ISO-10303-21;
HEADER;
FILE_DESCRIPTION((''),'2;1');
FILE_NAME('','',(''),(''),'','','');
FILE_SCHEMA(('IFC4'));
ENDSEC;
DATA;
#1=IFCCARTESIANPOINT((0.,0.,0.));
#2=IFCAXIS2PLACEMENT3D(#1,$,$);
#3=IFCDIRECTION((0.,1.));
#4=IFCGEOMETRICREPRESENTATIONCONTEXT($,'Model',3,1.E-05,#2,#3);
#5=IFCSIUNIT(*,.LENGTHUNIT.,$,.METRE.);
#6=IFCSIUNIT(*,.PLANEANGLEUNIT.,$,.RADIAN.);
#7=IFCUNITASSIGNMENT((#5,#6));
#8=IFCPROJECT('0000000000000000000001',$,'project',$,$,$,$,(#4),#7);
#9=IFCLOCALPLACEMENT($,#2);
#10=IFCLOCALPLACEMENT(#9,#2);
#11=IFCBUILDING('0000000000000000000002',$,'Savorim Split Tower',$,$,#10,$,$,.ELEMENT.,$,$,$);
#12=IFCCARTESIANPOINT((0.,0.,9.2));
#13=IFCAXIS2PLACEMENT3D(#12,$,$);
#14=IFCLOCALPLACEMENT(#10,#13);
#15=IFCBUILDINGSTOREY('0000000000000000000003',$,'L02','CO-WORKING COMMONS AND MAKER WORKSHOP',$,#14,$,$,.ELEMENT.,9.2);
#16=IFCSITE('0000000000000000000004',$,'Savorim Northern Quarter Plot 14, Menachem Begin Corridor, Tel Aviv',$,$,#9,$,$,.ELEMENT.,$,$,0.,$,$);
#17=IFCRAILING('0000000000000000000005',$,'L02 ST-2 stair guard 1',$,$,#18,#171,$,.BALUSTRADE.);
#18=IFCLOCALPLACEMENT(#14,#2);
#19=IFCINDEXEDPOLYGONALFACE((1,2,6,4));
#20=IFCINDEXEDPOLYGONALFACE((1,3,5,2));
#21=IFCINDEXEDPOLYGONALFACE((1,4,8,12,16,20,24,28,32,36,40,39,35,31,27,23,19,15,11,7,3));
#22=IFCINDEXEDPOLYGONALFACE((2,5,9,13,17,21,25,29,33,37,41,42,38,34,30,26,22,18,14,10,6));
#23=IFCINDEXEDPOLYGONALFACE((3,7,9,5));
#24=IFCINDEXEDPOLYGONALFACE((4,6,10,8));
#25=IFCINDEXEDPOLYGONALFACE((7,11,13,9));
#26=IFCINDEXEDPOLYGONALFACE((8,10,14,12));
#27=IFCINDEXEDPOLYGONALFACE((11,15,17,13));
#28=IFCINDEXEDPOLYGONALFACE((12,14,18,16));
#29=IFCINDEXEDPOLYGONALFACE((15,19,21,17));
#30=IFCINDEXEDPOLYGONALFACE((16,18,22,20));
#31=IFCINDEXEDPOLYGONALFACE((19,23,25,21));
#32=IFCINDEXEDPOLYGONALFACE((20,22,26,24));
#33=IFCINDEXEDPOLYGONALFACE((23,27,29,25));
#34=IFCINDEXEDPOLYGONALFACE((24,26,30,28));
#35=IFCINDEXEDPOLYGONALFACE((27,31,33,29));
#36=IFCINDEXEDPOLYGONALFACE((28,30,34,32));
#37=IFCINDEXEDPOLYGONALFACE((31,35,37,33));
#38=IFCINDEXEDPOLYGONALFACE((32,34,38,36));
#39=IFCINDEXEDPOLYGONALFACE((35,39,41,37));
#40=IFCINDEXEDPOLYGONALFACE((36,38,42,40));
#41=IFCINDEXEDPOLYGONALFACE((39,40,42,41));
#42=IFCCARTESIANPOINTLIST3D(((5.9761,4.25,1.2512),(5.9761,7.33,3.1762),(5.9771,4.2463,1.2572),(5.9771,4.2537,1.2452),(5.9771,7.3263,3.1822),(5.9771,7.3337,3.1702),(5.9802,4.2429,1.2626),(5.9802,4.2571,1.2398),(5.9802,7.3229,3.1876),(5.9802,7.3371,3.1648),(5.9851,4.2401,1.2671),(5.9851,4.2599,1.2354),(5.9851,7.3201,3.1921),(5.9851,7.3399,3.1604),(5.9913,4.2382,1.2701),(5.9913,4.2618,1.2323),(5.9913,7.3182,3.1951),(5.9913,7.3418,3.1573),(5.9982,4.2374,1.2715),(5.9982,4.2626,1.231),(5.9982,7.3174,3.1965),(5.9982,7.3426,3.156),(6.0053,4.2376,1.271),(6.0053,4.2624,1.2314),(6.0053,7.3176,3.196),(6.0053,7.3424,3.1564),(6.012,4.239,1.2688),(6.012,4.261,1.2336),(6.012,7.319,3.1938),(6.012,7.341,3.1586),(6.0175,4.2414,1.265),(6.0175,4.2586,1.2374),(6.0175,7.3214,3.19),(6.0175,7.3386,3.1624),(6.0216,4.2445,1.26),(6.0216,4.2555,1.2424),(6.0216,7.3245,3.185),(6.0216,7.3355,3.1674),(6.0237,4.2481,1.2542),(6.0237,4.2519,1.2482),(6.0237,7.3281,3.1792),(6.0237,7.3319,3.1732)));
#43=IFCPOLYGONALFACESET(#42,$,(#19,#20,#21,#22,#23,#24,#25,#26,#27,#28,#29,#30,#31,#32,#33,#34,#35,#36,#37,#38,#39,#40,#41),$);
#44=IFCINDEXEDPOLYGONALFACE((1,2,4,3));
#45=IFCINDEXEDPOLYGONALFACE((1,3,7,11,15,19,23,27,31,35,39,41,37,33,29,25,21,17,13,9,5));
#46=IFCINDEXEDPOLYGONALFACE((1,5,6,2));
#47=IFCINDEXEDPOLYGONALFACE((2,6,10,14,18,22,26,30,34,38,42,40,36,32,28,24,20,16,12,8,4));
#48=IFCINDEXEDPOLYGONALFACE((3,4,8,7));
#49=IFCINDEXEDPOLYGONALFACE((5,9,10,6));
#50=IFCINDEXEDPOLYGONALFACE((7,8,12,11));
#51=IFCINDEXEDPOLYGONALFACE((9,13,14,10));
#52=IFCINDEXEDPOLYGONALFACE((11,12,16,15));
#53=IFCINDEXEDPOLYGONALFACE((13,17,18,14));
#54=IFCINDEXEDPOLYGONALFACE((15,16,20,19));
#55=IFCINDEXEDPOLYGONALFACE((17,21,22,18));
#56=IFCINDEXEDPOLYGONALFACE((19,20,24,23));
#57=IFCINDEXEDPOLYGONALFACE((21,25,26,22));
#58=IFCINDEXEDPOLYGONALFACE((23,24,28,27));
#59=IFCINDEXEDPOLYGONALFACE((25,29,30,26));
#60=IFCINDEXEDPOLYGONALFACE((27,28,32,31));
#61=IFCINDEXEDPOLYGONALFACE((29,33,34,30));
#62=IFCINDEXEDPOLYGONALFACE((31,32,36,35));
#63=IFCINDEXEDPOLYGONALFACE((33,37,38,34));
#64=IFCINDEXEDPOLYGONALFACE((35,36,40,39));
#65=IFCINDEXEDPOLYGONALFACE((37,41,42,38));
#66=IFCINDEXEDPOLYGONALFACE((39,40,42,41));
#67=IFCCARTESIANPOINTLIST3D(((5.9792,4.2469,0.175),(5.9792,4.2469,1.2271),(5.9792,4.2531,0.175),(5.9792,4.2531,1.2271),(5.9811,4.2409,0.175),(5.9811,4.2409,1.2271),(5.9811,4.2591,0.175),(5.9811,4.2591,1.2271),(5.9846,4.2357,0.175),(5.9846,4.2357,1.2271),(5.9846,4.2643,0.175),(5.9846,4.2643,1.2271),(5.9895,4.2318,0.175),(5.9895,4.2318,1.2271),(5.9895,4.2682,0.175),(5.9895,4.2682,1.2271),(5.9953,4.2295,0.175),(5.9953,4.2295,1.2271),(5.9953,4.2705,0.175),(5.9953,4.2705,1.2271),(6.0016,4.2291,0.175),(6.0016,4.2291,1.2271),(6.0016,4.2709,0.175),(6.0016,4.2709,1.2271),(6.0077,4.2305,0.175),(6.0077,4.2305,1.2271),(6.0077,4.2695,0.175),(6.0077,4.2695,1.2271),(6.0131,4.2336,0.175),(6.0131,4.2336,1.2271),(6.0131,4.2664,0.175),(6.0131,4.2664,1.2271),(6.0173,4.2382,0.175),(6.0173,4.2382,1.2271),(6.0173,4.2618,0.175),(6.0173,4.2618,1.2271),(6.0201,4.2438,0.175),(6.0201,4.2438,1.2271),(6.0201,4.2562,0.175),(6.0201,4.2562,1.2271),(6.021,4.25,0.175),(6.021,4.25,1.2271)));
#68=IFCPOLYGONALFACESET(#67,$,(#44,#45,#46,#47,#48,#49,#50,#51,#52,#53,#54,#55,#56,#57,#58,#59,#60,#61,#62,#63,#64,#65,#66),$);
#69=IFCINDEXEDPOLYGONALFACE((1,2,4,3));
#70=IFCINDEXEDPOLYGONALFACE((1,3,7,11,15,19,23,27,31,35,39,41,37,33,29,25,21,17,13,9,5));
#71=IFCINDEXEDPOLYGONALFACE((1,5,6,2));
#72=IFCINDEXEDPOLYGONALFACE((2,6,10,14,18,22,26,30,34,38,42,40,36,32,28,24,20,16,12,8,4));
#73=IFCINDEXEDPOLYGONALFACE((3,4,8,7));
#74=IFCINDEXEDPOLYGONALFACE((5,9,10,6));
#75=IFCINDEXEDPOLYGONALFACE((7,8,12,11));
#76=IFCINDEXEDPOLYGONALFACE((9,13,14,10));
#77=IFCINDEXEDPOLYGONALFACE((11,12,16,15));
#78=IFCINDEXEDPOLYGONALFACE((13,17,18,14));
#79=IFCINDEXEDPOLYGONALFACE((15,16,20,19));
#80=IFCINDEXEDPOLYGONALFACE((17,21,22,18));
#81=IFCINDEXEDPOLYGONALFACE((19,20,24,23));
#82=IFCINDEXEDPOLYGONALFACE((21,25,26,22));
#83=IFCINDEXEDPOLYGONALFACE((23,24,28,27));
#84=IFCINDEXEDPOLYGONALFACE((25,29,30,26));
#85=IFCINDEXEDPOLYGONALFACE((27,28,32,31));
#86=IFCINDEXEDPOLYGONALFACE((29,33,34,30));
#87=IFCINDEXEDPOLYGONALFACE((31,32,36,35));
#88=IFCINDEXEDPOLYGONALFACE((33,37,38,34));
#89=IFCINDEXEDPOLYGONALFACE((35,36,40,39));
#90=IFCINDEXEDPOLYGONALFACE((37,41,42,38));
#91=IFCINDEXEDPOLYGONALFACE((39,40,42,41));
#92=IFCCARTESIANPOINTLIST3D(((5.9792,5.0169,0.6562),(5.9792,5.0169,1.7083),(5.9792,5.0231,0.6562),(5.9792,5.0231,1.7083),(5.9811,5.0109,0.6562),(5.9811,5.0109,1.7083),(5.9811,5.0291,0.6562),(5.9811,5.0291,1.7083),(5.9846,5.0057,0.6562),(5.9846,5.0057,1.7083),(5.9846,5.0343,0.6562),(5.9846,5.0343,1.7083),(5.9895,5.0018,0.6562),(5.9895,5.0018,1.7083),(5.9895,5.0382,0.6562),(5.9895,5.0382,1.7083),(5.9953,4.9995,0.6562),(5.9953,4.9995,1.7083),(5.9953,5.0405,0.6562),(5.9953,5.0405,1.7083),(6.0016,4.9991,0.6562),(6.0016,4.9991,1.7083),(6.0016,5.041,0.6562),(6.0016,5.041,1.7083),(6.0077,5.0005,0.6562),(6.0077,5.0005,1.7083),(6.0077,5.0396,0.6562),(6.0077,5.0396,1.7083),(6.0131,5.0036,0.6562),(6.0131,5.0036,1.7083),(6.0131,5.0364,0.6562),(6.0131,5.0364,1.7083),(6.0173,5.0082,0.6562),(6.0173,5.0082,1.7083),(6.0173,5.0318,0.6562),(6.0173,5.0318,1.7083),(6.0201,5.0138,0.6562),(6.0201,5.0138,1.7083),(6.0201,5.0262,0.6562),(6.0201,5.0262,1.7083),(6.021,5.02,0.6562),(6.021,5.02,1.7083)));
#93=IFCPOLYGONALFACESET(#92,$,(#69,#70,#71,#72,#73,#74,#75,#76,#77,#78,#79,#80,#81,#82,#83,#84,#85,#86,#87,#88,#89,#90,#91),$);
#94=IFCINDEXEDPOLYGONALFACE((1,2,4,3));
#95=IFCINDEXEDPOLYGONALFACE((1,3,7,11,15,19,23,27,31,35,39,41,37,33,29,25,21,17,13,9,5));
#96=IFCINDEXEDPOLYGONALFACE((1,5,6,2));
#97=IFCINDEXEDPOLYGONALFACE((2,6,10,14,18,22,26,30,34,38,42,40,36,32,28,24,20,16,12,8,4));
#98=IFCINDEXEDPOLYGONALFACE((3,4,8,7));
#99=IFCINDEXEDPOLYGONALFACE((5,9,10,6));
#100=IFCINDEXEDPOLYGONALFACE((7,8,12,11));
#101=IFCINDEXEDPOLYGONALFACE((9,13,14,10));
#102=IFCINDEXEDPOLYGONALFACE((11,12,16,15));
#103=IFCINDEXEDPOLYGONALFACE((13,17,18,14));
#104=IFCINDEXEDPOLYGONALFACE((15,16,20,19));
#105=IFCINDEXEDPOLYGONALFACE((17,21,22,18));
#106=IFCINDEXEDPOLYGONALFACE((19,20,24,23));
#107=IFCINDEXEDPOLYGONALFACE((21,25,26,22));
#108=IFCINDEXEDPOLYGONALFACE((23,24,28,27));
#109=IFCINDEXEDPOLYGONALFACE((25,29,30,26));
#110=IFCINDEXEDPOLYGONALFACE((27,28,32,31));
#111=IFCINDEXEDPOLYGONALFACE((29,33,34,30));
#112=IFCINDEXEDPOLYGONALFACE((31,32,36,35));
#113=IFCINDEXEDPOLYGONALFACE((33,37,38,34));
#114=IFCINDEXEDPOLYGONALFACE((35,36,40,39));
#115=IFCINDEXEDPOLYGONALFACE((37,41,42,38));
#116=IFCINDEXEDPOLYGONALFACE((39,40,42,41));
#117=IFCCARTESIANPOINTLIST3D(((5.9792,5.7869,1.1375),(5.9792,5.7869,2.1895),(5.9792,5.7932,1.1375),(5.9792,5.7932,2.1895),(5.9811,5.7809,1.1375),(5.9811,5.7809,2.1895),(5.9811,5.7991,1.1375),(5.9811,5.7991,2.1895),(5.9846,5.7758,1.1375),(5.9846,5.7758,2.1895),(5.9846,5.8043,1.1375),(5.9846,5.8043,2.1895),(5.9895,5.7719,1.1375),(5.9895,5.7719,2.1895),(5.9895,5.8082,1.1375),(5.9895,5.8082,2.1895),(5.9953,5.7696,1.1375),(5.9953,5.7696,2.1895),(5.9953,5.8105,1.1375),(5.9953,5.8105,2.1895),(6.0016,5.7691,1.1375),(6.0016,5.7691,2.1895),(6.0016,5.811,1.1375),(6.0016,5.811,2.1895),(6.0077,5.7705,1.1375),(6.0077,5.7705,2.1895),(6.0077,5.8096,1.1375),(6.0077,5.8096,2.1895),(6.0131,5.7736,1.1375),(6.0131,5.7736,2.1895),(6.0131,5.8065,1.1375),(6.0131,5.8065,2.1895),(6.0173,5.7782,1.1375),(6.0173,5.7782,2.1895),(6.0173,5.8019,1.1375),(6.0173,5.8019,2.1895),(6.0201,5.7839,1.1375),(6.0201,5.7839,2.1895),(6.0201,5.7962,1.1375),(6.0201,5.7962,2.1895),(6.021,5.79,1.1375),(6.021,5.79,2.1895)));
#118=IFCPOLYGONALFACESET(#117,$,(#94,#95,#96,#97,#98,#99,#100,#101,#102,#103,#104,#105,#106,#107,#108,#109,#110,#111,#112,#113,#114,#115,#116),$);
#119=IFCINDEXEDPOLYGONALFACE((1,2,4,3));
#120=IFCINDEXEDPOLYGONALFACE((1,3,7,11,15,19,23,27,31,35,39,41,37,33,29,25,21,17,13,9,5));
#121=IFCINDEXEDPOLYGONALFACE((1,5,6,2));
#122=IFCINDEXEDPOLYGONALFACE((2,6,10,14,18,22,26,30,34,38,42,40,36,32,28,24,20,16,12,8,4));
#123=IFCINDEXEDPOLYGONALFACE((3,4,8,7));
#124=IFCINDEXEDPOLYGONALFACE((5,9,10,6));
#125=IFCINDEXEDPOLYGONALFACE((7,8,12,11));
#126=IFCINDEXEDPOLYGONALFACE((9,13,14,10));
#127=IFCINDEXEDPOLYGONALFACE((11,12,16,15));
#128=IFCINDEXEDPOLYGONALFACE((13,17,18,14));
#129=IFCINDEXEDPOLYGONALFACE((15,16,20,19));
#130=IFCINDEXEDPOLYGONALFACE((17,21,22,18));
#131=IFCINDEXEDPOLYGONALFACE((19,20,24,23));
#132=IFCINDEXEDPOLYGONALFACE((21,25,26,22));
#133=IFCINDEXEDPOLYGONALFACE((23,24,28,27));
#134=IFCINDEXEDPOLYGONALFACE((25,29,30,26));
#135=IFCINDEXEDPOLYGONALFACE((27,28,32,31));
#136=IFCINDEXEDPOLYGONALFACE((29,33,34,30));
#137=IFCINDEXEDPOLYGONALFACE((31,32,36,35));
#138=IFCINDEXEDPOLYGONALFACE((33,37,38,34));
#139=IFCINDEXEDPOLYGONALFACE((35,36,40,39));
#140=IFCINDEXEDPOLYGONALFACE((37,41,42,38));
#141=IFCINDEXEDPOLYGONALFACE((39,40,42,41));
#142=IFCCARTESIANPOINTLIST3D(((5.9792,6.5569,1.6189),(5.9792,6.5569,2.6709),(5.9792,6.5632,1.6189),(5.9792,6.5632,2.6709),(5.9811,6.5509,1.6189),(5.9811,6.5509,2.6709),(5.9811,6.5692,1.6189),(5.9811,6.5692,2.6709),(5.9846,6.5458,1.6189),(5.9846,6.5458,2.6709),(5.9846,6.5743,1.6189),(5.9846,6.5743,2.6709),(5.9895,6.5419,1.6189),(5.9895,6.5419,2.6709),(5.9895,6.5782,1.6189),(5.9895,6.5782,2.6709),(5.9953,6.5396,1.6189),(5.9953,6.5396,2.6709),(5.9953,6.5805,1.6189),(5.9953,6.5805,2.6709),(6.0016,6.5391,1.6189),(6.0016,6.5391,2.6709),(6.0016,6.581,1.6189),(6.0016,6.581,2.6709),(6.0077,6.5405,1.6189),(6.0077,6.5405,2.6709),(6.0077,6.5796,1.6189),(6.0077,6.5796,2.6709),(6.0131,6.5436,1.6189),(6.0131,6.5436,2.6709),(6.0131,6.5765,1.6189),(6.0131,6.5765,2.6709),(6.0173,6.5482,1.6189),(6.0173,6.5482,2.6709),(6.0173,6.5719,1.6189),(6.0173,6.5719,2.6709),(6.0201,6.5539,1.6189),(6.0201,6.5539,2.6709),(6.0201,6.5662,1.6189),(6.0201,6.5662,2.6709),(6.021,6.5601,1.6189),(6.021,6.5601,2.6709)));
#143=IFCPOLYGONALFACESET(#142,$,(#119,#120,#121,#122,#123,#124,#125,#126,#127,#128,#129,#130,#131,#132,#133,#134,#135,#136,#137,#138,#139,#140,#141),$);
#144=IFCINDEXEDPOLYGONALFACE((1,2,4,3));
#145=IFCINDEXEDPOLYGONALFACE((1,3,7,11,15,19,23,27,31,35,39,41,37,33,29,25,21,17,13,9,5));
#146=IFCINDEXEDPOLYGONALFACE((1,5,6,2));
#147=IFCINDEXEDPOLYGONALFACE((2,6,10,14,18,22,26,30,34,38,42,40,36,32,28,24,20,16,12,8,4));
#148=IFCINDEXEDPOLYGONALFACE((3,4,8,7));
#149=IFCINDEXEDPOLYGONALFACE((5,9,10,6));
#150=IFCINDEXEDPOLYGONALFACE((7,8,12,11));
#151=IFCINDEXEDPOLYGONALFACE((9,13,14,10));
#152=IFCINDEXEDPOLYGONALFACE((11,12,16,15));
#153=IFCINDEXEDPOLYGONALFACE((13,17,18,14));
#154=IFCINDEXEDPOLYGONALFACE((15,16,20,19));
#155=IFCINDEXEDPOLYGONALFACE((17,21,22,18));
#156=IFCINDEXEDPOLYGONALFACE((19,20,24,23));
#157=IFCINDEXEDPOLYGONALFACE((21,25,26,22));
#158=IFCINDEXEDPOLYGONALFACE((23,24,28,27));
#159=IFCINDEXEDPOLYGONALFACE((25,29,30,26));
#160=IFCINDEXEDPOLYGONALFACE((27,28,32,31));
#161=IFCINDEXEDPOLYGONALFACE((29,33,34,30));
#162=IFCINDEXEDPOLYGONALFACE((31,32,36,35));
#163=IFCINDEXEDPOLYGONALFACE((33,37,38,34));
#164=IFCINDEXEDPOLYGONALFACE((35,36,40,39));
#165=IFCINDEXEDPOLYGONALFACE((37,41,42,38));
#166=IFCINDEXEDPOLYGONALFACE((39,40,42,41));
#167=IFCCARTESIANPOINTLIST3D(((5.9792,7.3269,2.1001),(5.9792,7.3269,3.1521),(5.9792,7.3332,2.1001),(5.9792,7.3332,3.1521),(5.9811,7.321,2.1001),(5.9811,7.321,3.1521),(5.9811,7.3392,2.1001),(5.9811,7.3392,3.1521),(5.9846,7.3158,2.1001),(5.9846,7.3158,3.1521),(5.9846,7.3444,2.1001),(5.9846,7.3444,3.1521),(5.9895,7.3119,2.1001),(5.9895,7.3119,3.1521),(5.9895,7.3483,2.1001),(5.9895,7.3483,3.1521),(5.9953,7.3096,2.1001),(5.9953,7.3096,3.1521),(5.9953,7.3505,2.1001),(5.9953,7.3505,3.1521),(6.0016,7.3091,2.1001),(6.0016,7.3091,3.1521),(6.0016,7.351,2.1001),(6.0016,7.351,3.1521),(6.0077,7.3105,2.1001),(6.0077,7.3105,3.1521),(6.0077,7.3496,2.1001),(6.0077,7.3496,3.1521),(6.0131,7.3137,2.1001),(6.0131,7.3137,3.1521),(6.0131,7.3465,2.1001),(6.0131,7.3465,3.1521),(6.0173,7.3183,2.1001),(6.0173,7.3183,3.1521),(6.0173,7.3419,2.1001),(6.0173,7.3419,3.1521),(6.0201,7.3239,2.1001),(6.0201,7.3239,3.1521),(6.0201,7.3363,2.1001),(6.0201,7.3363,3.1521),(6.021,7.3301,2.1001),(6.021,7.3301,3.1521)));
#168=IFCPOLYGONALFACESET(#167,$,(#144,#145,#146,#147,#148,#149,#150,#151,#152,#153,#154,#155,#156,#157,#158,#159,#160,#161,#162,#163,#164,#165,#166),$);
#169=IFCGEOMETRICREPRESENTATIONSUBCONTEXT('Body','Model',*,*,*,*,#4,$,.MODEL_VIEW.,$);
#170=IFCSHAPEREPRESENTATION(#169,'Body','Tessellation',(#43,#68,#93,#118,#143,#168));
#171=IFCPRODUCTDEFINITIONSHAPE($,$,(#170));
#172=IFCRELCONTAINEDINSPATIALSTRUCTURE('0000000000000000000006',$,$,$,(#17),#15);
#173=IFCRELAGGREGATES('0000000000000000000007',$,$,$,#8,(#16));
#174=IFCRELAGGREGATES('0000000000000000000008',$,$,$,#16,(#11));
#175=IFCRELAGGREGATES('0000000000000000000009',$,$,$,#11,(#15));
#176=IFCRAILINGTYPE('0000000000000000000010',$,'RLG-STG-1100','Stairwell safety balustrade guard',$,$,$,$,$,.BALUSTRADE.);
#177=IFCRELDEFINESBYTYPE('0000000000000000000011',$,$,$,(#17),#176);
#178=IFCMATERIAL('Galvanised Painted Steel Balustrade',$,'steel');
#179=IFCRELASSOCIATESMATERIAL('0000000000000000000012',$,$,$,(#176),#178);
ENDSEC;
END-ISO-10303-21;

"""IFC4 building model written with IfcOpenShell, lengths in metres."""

from ifc_helpers import new_model, si_unit, direction, frame, origin, origin_2d, place, context, subcontext, project, spatial, circle, extrude, material, type_object, element, save


model = new_model("IFC4")

# Units and contexts
model_context = context("Model", 3, precision=1e-05, world=origin(), true_north=direction((0.0, 1.0)))
body_context = subcontext(model_context, "Body", "Model", "MODEL_VIEW")
ifc_project = project(units=[si_unit("LENGTHUNIT", "METRE"), si_unit("PLANEANGLEUNIT", "RADIAN")], contexts=[model_context])

# Site, building, storey
site_placement = place(None, origin())
site = spatial("IfcSite", under=ifc_project, at=site_placement, Name="Savorim Northern Quarter Plot 14, Menachem Begin Corridor, Tel Aviv", CompositionType="ELEMENT", RefElevation=0.0)
building_placement = place(site_placement, origin())
building = spatial("IfcBuilding", under=site, at=building_placement, Name="Savorim Split Tower", CompositionType="ELEMENT")
storey_placement = place(building_placement, frame((0.0, 0.0, 9.2)))
storey = spatial("IfcBuildingStorey", under=building, at=storey_placement, Name="L02", Description="CO-WORKING COMMONS AND MAKER WORKSHOP", CompositionType="ELEMENT", Elevation=9.2)

# Railing
ifc_material_1 = material(Name="Galvanised Painted Steel Balustrade", Category="steel")
railing_type = type_object("IfcRailingType", Name="RLG-STG-1100", Description="Stairwell safety balustrade guard", PredefinedType="BALUSTRADE", material=ifc_material_1)
railing_1_placement = place(storey_placement, frame((6.0, 4.25, 0.175)))
element("IfcRailing", 1, at=railing_1_placement, inside=storey, type_object=railing_type, Name="L02 ST-2 stair guard 1", PredefinedType="BALUSTRADE", context=body_context, shape_type="SweptSolid", body=[
    extrude(circle(Radius=0.0239, at=origin_2d()), frame((0.0, 0.0, 1.0762), z_axis=(0.0, 0.847998, 0.529999), x_axis=(-1.0, 0.0, 0.0)), (0.0, 0.0, 1.0), 3.6321),
    extrude(circle(Radius=0.021, at=origin_2d()), origin(), (0.0, 0.0, 1.0), 1.052),
    extrude(circle(Radius=0.021, at=origin_2d()), frame((0.0, 0.77, 0.4812)), (0.0, 0.0, 1.0), 1.052),
    extrude(circle(Radius=0.021, at=origin_2d()), frame((0.0, 1.54, 0.9624)), (0.0, 0.0, 1.0), 1.052),
    extrude(circle(Radius=0.021, at=origin_2d()), frame((0.0, 2.3101, 1.4438)), (0.0, 0.0, 1.0), 1.052),
    extrude(circle(Radius=0.021, at=origin_2d()), frame((0.0, 3.0801, 1.925)), (0.0, 0.0, 1.0), 1.052),
])

save(model, "model.ifc")
